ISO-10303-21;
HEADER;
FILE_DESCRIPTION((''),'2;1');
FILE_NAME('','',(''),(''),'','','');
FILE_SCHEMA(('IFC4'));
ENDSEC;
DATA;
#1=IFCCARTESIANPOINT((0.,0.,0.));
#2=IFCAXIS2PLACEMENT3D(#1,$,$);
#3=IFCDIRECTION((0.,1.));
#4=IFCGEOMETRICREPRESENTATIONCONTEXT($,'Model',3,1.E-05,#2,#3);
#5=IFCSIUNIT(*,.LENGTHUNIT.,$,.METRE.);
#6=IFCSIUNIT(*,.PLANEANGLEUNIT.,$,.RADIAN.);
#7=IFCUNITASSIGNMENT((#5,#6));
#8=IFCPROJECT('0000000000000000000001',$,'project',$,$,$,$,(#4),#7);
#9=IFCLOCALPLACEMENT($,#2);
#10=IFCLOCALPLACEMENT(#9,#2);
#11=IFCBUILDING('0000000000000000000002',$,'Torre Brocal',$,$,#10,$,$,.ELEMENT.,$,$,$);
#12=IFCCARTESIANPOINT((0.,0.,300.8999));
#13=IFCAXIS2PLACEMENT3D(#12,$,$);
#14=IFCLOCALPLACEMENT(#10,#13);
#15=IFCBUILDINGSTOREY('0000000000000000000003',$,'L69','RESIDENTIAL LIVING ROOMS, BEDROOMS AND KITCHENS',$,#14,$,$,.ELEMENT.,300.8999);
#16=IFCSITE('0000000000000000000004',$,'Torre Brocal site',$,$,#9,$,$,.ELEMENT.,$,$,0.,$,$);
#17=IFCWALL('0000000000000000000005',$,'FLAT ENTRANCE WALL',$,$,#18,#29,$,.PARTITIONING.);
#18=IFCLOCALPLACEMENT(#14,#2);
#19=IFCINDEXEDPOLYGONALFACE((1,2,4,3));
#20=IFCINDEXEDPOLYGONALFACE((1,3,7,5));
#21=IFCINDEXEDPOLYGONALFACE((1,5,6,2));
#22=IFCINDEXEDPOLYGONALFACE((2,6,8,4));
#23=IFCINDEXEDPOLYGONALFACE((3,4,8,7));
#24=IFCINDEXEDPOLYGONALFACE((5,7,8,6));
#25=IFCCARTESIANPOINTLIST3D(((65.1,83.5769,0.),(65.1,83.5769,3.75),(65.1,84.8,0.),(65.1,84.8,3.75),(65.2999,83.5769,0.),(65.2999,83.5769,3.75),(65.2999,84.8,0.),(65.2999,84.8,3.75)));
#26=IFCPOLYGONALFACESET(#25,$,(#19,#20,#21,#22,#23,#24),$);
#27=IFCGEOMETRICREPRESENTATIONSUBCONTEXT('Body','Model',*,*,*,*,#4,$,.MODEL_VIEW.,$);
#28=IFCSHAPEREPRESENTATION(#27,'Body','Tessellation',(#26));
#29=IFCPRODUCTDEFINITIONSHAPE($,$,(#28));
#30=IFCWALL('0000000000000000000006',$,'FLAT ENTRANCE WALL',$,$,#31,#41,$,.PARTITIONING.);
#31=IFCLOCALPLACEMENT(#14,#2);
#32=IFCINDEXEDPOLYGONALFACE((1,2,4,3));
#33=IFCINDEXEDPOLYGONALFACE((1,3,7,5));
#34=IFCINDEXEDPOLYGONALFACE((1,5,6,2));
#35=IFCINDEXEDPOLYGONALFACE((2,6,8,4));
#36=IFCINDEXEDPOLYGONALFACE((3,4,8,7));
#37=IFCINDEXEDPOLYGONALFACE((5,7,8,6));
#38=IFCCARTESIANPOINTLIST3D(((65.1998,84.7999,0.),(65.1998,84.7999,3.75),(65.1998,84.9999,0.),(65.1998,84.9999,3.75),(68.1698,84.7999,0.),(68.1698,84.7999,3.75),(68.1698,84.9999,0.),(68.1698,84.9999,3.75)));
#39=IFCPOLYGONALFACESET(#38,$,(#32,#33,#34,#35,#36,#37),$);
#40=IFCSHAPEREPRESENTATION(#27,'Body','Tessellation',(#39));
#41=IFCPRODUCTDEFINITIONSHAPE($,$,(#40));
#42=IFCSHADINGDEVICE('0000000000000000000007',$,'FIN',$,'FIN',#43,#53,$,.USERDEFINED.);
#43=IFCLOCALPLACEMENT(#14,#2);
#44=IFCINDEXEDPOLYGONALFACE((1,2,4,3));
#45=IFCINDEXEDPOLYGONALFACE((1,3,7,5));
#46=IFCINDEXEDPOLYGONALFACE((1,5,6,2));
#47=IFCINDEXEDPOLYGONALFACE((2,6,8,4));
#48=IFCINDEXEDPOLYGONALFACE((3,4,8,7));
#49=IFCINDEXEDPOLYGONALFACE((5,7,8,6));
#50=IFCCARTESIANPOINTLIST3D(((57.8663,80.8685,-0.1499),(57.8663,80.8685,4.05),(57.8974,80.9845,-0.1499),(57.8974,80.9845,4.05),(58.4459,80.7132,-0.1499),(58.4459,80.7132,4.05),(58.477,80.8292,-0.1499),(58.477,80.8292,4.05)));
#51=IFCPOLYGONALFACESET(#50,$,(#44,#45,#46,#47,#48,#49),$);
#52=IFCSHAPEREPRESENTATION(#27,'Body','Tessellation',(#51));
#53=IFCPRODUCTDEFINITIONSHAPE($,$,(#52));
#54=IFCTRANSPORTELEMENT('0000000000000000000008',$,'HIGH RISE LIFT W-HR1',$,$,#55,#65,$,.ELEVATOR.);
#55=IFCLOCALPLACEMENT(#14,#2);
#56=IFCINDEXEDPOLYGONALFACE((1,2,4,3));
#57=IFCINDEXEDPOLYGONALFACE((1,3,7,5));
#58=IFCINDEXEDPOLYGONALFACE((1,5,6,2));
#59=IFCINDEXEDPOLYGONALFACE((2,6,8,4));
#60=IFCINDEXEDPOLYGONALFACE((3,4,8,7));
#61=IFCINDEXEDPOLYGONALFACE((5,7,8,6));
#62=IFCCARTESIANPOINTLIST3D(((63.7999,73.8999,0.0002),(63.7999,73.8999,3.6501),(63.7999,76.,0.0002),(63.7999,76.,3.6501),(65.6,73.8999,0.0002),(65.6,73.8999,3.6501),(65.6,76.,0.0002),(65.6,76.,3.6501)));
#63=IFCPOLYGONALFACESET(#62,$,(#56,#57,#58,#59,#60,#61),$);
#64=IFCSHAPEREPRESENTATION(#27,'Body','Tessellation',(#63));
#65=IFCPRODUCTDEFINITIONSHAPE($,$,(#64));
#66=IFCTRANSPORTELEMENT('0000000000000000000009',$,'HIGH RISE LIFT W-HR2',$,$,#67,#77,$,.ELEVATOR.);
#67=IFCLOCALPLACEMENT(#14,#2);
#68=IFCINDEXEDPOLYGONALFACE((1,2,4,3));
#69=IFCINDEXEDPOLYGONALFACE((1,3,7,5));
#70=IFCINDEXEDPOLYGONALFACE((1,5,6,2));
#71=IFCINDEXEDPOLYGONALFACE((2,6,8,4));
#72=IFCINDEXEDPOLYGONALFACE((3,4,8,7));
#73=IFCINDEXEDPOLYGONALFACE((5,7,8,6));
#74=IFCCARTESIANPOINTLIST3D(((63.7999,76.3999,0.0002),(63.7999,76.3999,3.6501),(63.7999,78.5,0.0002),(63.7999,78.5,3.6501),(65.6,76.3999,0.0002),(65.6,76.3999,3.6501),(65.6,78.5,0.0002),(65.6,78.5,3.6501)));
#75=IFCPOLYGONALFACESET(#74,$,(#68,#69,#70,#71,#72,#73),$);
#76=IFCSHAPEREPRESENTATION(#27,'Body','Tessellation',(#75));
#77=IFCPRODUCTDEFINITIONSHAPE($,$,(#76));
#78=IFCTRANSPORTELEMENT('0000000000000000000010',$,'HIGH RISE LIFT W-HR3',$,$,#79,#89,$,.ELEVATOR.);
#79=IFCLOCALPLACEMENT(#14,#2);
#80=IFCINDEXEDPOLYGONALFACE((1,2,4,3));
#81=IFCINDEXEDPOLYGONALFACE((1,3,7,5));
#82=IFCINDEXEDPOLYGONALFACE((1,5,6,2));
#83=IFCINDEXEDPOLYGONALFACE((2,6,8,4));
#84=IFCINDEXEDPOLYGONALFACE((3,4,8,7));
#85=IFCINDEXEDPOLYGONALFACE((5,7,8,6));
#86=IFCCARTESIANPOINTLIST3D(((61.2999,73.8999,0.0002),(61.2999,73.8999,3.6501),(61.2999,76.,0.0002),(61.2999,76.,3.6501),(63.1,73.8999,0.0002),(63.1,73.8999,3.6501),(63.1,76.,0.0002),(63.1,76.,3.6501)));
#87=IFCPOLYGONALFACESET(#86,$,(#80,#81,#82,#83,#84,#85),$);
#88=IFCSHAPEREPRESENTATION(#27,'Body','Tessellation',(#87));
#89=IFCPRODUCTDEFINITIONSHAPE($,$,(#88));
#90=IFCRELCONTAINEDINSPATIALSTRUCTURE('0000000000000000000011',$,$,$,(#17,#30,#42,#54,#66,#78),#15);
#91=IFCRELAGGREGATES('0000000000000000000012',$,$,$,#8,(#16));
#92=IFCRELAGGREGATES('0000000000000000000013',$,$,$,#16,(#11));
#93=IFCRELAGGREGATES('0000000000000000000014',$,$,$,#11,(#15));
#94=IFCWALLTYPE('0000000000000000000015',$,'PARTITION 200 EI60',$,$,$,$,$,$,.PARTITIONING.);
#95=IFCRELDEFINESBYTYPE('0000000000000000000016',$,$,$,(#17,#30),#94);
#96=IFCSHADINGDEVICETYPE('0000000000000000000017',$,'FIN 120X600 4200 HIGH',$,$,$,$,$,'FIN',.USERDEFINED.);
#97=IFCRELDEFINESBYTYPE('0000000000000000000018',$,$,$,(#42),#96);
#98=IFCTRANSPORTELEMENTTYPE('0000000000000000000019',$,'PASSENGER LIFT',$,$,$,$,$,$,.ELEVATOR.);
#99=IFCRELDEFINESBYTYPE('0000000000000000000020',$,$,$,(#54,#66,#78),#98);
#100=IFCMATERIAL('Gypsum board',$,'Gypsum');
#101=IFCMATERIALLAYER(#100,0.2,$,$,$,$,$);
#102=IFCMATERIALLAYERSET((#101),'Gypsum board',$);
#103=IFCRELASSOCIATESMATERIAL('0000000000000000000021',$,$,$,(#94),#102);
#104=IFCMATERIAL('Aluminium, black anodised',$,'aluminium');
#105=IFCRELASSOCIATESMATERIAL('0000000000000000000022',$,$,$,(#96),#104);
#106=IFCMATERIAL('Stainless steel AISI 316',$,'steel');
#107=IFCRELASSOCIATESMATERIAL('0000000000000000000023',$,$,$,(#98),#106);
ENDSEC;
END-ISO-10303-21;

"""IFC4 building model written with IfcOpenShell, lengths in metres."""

from ifc_helpers import new_model, si_unit, direction, frame, frame_2d, origin, origin_2d, place, context, subcontext, project, spatial, rectangle, extrude, material, layer, layer_set, material_profile, profile_set, type_object, element, save


model = new_model("IFC4")

# Units and contexts
model_context = context("Model", 3, precision=1e-05, world=origin(), true_north=direction((0.0, 1.0)))
body_context = subcontext(model_context, "Body", "Model", "MODEL_VIEW")
ifc_project = project(units=[si_unit("LENGTHUNIT", "METRE"), si_unit("PLANEANGLEUNIT", "RADIAN")], contexts=[model_context])

# Site, building, storey
site_placement = place(None, origin())
site = spatial("IfcSite", under=ifc_project, at=site_placement, Name="Torre Brocal site", CompositionType="ELEMENT", RefElevation=0.0)
building_placement = place(site_placement, origin())
building = spatial("IfcBuilding", under=site, at=building_placement, Name="Torre Brocal", CompositionType="ELEMENT")
storey_placement = place(building_placement, frame((0.0, 0.0, 300.8999)))
storey = spatial("IfcBuildingStorey", under=building, at=storey_placement, Name="L69", Description="RESIDENTIAL LIVING ROOMS, BEDROOMS AND KITCHENS", CompositionType="ELEMENT", Elevation=300.8999)

# Walls
ifc_material_1 = material(Name="Gypsum board", Category="Gypsum")
ifc_layer_1 = layer(ifc_material_1, 0.2)
ifc_layer_set_1 = layer_set([ifc_layer_1], Name="Gypsum board")
wall_type_1 = type_object("IfcWallType", Name="PARTITION 200 EI60", PredefinedType="PARTITIONING", material=ifc_layer_set_1)
wall_1_placement = place(storey_placement, frame((65.2, 83.5769, 0.0), z_axis=(0.0, 0.0, 1.0), x_axis=(0.0, 1.0, 0.0)))
element("IfcWall", 1, at=wall_1_placement, inside=storey, type_object=wall_type_1, Name="FLAT ENTRANCE WALL", PredefinedType="PARTITIONING", context=body_context, shape_type="SweptSolid", body=[
    extrude(rectangle(XDim=1.2231, YDim=0.2, at=frame_2d((0.6116, 0.0))), origin(), (0.0, 0.0, 1.0), 3.75),
])
wall_2_placement = place(storey_placement, frame((65.2, 84.8999, 0.0), z_axis=(0.0, 0.0, 1.0), x_axis=(1.0, 0.0, 0.0)))
element("IfcWall", 2, at=wall_2_placement, inside=storey, type_object=wall_type_1, Name="FLAT ENTRANCE WALL", PredefinedType="PARTITIONING", context=body_context, shape_type="SweptSolid", body=[
    extrude(rectangle(XDim=2.97, YDim=0.2, at=frame_2d((1.4849, 0.0))), origin(), (0.0, 0.0, 1.0), 3.75),
])

# Shading device
ifc_material_2 = material(Name="Aluminium, black anodised", Category="aluminium")
ifc_material_profile_1 = material_profile(ifc_material_2, rectangle(XDim=0.1201, YDim=0.6001, at=origin_2d()), Name="FIN 120X600 4200 HIGH")
ifc_profile_set_1 = profile_set([ifc_material_profile_1], Name="Aluminium, black anodised")
shading_device_type = type_object("IfcShadingDeviceType", Name="FIN 120X600 4200 HIGH", ElementType="FIN", PredefinedType="USERDEFINED", material=ifc_profile_set_1)
shading_device_placement = place(storey_placement, frame((58.1716, 80.8489, -0.1499), z_axis=(0.0, 0.0, 1.0), x_axis=(-0.258819, -0.965926, 0.0)))
element("IfcShadingDevice", 3, at=shading_device_placement, inside=storey, type_object=shading_device_type, Name="FIN", ObjectType="FIN", PredefinedType="USERDEFINED", context=body_context, shape_type="SweptSolid", body=[
    extrude(rectangle(XDim=0.1201, YDim=0.6001, at=origin_2d()), origin(), (0.0, 0.0, 1.0), 4.2),
])

# Transport elements
ifc_material_3 = material(Name="Stainless steel AISI 316", Category="steel")
transport_element_type = type_object("IfcTransportElementType", Name="PASSENGER LIFT", PredefinedType="ELEVATOR", material=ifc_material_3)
for number, where, z_axis, x_axis, name in (
    (4, (64.7, 74.95, 0.0002), (0.0, 0.0, 1.0), (1.0, 0.0, 0.0), "HIGH RISE LIFT W-HR1"),
    (5, (64.7, 77.45, 0.0002), (0.0, 0.0, 1.0), (1.0, 0.0, 0.0), "HIGH RISE LIFT W-HR2"),
    (6, (62.2, 74.95, 0.0002), (0.0, 0.0, 1.0), (1.0, 0.0, 0.0), "HIGH RISE LIFT W-HR3"),
):
    element("IfcTransportElement", number, at=place(storey_placement, frame(where, z_axis=z_axis, x_axis=x_axis)), inside=storey, type_object=transport_element_type, Name=name, PredefinedType="ELEVATOR", context=body_context, shape_type="SweptSolid", body=[
        extrude(rectangle(XDim=1.8, YDim=2.1001, at=origin_2d()), origin(), (0.0, 0.0, 1.0), 3.6499),
    ])

save(model, "model.ifc")
